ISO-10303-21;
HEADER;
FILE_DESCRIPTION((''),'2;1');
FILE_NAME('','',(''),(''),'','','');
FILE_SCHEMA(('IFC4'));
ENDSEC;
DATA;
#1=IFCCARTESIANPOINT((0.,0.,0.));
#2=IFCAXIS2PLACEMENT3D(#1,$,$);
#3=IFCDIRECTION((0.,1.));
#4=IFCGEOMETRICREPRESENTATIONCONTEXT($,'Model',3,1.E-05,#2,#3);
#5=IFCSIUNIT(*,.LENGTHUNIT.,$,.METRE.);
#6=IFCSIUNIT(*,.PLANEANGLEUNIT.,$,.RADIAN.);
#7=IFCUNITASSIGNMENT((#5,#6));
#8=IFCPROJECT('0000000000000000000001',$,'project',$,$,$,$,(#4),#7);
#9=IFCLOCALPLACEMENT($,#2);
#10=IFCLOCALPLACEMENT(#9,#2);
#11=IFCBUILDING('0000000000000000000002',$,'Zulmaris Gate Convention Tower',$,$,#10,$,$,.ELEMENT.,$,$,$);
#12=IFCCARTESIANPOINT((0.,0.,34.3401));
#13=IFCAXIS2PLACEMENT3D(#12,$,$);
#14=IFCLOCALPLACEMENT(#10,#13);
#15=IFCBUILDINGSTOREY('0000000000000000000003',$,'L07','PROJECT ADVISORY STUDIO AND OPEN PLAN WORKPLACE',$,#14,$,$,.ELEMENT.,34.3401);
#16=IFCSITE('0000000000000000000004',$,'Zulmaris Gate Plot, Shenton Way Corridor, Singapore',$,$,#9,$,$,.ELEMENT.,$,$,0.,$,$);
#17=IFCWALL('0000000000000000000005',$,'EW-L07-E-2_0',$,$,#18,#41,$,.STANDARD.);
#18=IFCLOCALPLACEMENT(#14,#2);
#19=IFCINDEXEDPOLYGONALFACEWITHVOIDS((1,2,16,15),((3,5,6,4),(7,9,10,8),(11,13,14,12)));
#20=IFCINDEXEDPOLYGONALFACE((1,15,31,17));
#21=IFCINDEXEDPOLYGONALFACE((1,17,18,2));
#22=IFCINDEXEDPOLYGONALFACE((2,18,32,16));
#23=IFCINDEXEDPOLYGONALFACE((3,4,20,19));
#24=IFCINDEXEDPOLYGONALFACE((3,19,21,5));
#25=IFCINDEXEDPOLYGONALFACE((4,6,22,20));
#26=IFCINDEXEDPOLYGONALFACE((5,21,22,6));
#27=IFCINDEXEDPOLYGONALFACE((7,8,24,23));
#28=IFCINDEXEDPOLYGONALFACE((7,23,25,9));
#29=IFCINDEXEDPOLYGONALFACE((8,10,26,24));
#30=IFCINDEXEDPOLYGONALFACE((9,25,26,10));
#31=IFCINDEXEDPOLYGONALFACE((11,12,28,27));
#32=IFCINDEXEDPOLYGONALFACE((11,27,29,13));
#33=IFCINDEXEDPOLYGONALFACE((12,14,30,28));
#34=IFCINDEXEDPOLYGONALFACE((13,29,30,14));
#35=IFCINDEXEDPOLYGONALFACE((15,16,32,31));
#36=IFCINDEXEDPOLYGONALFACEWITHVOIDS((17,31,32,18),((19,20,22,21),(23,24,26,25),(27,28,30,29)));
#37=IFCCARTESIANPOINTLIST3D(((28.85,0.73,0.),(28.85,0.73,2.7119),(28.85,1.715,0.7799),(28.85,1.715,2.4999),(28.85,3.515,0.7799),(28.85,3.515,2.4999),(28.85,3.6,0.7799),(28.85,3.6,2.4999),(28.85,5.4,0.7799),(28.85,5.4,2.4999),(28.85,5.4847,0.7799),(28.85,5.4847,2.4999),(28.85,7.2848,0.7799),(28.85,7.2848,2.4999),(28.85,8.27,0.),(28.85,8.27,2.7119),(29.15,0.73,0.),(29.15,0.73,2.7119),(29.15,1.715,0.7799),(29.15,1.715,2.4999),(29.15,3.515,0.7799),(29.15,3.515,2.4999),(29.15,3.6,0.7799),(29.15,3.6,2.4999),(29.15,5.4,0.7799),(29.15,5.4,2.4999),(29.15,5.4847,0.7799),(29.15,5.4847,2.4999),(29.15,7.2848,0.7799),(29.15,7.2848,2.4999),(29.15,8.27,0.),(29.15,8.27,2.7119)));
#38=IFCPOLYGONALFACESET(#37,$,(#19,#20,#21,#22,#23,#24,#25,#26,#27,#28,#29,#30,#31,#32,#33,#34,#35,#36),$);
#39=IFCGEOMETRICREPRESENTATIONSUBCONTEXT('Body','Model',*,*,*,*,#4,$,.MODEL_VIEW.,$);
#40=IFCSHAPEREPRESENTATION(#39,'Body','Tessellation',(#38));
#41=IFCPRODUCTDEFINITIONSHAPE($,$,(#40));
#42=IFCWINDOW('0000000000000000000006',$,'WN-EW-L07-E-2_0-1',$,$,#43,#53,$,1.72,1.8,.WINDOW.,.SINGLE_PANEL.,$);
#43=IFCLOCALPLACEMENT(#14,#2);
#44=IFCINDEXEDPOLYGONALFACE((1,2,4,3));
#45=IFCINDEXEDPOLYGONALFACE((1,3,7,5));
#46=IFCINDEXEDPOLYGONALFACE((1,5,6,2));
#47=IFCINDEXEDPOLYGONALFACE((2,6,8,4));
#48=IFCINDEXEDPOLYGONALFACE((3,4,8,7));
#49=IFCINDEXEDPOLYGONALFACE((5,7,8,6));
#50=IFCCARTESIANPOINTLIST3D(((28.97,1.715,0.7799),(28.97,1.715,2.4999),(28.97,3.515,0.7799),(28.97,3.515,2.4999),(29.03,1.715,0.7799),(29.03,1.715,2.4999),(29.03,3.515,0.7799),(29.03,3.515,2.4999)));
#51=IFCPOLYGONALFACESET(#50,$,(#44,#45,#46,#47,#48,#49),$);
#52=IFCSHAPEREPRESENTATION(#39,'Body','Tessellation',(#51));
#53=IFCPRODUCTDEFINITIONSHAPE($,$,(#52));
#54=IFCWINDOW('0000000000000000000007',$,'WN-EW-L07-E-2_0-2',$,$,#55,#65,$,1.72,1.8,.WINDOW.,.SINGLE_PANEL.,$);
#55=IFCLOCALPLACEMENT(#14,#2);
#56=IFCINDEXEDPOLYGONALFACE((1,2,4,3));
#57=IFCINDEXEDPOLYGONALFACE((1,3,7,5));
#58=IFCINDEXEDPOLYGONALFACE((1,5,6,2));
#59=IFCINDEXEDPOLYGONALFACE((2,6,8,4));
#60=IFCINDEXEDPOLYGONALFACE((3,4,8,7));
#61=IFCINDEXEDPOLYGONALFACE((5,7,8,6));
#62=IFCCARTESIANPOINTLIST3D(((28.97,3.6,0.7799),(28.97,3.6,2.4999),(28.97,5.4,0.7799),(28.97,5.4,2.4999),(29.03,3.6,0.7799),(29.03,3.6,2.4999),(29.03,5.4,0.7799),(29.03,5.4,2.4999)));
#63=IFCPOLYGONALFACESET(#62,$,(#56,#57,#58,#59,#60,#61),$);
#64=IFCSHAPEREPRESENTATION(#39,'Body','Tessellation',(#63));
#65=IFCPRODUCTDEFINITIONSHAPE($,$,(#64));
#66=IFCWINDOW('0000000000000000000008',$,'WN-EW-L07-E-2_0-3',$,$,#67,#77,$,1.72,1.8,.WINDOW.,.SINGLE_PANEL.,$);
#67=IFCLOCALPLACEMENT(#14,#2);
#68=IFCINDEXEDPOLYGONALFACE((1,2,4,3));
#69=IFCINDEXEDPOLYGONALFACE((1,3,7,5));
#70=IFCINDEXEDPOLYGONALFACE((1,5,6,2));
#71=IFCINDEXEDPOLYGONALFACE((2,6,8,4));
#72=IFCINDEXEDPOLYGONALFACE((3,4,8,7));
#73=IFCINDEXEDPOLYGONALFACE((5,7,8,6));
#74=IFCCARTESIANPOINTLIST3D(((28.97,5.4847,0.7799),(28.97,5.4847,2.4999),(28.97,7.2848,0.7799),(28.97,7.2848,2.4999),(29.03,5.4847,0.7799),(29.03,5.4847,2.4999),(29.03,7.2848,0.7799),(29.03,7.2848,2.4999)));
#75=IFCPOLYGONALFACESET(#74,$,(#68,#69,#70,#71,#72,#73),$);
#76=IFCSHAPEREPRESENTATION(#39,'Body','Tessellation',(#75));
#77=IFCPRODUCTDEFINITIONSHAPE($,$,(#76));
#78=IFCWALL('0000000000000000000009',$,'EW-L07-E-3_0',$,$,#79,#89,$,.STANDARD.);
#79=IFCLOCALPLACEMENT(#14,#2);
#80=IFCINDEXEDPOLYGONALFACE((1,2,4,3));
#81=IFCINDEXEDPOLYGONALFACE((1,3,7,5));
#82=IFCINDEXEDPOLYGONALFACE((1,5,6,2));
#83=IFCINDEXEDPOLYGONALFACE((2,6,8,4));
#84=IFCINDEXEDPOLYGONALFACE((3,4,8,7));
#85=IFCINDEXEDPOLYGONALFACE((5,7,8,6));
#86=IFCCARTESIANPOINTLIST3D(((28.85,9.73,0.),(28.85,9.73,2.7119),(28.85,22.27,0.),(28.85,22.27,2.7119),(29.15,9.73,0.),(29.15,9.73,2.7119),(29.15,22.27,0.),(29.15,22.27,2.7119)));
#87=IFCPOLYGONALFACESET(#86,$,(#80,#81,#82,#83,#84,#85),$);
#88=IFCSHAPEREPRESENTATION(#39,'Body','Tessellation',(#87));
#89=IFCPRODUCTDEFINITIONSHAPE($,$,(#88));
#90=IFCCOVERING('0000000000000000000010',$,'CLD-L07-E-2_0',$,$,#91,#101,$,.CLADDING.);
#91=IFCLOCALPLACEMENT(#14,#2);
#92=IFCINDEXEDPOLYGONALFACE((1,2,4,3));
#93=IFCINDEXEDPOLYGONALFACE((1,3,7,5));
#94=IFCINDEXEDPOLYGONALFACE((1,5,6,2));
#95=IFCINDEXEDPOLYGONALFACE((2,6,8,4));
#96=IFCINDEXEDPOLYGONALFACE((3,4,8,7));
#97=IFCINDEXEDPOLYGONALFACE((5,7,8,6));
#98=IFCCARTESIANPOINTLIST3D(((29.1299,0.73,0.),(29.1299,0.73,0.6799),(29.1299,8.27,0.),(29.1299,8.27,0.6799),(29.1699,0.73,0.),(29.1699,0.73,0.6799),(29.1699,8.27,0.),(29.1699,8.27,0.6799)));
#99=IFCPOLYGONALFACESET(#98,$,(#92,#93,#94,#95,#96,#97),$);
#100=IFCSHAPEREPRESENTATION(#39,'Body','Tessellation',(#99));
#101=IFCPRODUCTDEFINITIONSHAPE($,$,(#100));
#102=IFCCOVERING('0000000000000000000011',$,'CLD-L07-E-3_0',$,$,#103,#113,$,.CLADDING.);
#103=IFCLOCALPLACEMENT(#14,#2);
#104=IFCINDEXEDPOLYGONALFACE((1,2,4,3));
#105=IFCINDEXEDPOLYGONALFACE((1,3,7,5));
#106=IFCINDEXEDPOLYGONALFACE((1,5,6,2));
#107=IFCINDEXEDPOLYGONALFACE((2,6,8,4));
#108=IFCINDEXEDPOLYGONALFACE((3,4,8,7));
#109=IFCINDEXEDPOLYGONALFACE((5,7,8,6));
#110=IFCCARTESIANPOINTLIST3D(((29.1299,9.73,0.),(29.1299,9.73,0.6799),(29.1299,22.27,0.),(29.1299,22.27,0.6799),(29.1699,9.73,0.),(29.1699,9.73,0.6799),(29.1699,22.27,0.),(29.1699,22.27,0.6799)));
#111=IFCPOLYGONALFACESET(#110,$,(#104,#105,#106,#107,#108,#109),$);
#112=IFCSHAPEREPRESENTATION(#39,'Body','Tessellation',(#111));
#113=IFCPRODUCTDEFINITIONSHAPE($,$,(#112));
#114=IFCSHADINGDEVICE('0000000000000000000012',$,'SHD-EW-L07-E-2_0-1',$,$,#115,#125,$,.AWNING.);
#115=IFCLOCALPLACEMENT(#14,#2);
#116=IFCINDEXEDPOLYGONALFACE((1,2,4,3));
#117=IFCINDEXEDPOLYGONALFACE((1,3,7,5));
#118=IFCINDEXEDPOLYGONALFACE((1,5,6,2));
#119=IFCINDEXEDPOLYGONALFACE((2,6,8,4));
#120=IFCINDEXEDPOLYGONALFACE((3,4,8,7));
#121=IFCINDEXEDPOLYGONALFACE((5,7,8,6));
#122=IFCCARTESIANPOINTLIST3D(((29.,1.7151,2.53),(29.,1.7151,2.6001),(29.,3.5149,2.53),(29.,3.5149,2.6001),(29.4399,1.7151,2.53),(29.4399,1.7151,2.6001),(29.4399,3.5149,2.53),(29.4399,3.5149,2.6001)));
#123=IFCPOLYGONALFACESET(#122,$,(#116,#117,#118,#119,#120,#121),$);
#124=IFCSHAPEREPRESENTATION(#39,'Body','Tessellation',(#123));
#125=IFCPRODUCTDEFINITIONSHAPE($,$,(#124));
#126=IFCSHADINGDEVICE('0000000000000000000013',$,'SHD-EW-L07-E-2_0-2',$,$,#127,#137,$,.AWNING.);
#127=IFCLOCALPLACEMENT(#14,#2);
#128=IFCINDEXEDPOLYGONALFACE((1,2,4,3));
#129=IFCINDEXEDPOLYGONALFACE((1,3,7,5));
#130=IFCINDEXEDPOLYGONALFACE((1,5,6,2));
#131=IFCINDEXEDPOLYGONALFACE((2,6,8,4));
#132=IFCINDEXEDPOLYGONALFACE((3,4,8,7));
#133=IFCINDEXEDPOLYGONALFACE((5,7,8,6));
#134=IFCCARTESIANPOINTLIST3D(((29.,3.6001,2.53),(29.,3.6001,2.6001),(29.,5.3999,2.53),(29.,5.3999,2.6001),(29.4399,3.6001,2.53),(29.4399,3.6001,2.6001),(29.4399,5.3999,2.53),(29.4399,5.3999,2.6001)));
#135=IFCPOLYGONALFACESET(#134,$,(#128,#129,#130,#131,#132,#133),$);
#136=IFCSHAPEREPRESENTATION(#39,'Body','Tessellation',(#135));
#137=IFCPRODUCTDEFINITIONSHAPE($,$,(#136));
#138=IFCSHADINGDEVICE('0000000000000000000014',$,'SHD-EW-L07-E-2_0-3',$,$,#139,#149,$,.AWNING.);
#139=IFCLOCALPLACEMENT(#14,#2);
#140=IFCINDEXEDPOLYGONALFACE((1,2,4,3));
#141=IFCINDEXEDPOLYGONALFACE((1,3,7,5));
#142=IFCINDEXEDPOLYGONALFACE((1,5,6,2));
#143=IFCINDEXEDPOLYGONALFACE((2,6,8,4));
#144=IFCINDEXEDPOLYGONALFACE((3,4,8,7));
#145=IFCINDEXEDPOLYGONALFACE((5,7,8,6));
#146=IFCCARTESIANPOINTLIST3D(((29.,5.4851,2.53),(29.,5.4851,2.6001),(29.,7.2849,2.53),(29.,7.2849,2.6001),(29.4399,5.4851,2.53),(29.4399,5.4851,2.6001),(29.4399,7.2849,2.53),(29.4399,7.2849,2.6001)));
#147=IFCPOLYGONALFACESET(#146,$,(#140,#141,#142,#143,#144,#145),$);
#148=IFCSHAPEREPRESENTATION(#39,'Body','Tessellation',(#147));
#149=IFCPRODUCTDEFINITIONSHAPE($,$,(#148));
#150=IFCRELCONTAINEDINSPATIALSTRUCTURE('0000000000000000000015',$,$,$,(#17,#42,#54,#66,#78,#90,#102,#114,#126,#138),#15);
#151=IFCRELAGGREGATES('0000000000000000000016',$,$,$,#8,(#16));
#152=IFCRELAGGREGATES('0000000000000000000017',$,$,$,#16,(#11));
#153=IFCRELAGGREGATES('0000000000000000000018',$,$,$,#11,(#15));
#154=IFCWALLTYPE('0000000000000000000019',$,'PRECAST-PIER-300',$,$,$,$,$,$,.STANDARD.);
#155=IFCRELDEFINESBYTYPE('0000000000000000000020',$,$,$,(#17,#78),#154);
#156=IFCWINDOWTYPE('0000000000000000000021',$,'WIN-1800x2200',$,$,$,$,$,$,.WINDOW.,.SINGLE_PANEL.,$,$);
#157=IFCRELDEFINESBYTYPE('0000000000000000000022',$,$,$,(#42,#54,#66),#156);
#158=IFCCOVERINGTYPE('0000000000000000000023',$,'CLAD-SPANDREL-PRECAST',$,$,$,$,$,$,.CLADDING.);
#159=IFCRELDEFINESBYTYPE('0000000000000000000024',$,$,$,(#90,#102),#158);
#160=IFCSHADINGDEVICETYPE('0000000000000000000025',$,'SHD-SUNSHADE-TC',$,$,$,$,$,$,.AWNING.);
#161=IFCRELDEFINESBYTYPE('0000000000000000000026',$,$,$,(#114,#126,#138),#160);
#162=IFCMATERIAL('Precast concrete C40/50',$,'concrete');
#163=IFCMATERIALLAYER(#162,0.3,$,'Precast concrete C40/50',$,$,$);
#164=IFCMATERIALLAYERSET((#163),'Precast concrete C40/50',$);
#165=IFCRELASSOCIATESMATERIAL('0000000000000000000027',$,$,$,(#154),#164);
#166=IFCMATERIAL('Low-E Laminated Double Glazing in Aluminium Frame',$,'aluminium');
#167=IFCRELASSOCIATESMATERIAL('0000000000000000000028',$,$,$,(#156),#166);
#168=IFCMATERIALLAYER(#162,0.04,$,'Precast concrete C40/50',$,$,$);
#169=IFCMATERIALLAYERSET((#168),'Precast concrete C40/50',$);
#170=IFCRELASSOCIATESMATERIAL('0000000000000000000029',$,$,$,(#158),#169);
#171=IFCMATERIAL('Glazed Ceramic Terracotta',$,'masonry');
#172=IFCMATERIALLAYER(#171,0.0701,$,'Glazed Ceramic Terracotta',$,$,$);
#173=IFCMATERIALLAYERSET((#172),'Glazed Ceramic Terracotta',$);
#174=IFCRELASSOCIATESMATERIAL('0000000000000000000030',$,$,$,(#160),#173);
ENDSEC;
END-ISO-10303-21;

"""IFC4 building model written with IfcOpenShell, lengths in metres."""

from ifc_helpers import new_model, si_unit, direction, frame, frame_2d, origin, place, context, subcontext, project, spatial, rectangle, extrude, material, layer, layer_set, type_object, element, fill, save


model = new_model("IFC4")

# Units and contexts
model_context = context("Model", 3, precision=1e-05, world=origin(), true_north=direction((0.0, 1.0)))
body_context = subcontext(model_context, "Body", "Model", "MODEL_VIEW")
ifc_project = project(units=[si_unit("LENGTHUNIT", "METRE"), si_unit("PLANEANGLEUNIT", "RADIAN")], contexts=[model_context])

# Site, building, storey
site_placement = place(None, origin())
site = spatial("IfcSite", under=ifc_project, at=site_placement, Name="Zulmaris Gate Plot, Shenton Way Corridor, Singapore", CompositionType="ELEMENT", RefElevation=0.0)
building_placement = place(site_placement, origin())
building = spatial("IfcBuilding", under=site, at=building_placement, Name="Zulmaris Gate Convention Tower", CompositionType="ELEMENT")
storey_placement = place(building_placement, frame((0.0, 0.0, 34.3401)))
storey = spatial("IfcBuildingStorey", under=building, at=storey_placement, Name="L07", Description="PROJECT ADVISORY STUDIO AND OPEN PLAN WORKPLACE", CompositionType="ELEMENT", Elevation=34.3401)

# Wall, openings, windows
ifc_material_1 = material(Name="Precast concrete C40/50", Category="concrete")
ifc_layer_1 = layer(ifc_material_1, 0.3, Name="Precast concrete C40/50")
ifc_layer_set_1 = layer_set([ifc_layer_1], Name="Precast concrete C40/50")
wall_type_1 = type_object("IfcWallType", Name="PRECAST-PIER-300", PredefinedType="STANDARD", material=ifc_layer_set_1)
wall_1_placement = place(storey_placement, frame((29.0, 0.73, 0.0), z_axis=(0.0, 0.0, 1.0), x_axis=(0.0, 1.0, 0.0)))
wall_1 = element("IfcWall", 1, at=wall_1_placement, inside=storey, type_object=wall_type_1, Name="EW-L07-E-2_0", PredefinedType="STANDARD", context=body_context, shape_type="SweptSolid", body=[
    extrude(rectangle(XDim=7.54, YDim=0.3, at=frame_2d((3.77, 0.0))), origin(), (0.0, 0.0, 1.0), 2.7119),
])
opening_1_placement = place(wall_1_placement, frame((0.9851, 0.0, 0.78)))
opening_1 = element("IfcOpeningElement", 2, at=opening_1_placement, cuts=wall_1, PredefinedType="OPENING", context=body_context, shape_type="SweptSolid", body=[
    extrude(rectangle(XDim=1.8, YDim=1.72, at=frame_2d((0.8999, 0.8599))), frame((0.0, 0.1602, 0.0), z_axis=(0.0, -1.0, 0.0), x_axis=(1.0, 0.0, 0.0)), (0.0, 0.0, 1.0), 0.3201),
])
opening_2_placement = place(wall_1_placement, frame((2.8701, 0.0, 0.78)))
opening_2 = element("IfcOpeningElement", 3, at=opening_2_placement, cuts=wall_1, PredefinedType="OPENING", context=body_context, shape_type="SweptSolid", body=[
    extrude(rectangle(XDim=1.8, YDim=1.72, at=frame_2d((0.8999, 0.8599))), frame((0.0, 0.1602, 0.0), z_axis=(0.0, -1.0, 0.0), x_axis=(1.0, 0.0, 0.0)), (0.0, 0.0, 1.0), 0.3201),
])
opening_3_placement = place(wall_1_placement, frame((4.7549, 0.0, 0.78)))
opening_3 = element("IfcOpeningElement", 4, at=opening_3_placement, cuts=wall_1, PredefinedType="OPENING", context=body_context, shape_type="SweptSolid", body=[
    extrude(rectangle(XDim=1.8, YDim=1.72, at=frame_2d((0.8999, 0.8599))), frame((0.0, 0.1602, 0.0), z_axis=(0.0, -1.0, 0.0), x_axis=(1.0, 0.0, 0.0)), (0.0, 0.0, 1.0), 0.3201),
])
ifc_material_2 = material(Name="Low-E Laminated Double Glazing in Aluminium Frame", Category="aluminium")
window_type = type_object("IfcWindowType", Name="WIN-1800x2200", PartitioningType="SINGLE_PANEL", PredefinedType="WINDOW", material=ifc_material_2)
window_1_placement = place(opening_1_placement, origin())
window_1 = element("IfcWindow", 5, at=window_1_placement, inside=storey, type_object=window_type, Name="WN-EW-L07-E-2_0-1", OverallHeight=1.72, OverallWidth=1.8, PartitioningType="SINGLE_PANEL", PredefinedType="WINDOW", context=body_context, shape_type="SweptSolid", body=[
    extrude(rectangle(XDim=1.8, YDim=1.72, at=frame_2d((0.8999, 0.8599))), frame((0.0, 0.03, 0.0), z_axis=(0.0, -1.0, 0.0), x_axis=(1.0, 0.0, 0.0)), (0.0, 0.0, 1.0), 0.0601),
])
fill(opening_1, window_1)
window_2_placement = place(opening_2_placement, origin())
window_2 = element("IfcWindow", 6, at=window_2_placement, inside=storey, type_object=window_type, Name="WN-EW-L07-E-2_0-2", OverallHeight=1.72, OverallWidth=1.8, PartitioningType="SINGLE_PANEL", PredefinedType="WINDOW", context=body_context, shape_type="SweptSolid", body=[
    extrude(rectangle(XDim=1.8, YDim=1.72, at=frame_2d((0.8999, 0.8599))), frame((0.0, 0.03, 0.0), z_axis=(0.0, -1.0, 0.0), x_axis=(1.0, 0.0, 0.0)), (0.0, 0.0, 1.0), 0.0601),
])
fill(opening_2, window_2)
window_3_placement = place(opening_3_placement, origin())
window_3 = element("IfcWindow", 7, at=window_3_placement, inside=storey, type_object=window_type, Name="WN-EW-L07-E-2_0-3", OverallHeight=1.72, OverallWidth=1.8, PartitioningType="SINGLE_PANEL", PredefinedType="WINDOW", context=body_context, shape_type="SweptSolid", body=[
    extrude(rectangle(XDim=1.8, YDim=1.72, at=frame_2d((0.8999, 0.8599))), frame((0.0, 0.03, 0.0), z_axis=(0.0, -1.0, 0.0), x_axis=(1.0, 0.0, 0.0)), (0.0, 0.0, 1.0), 0.0601),
])
fill(opening_3, window_3)

# Wall
wall_2_placement = place(storey_placement, frame((29.0, 9.73, 0.0), z_axis=(0.0, 0.0, 1.0), x_axis=(0.0, 1.0, 0.0)))
element("IfcWall", 8, at=wall_2_placement, inside=storey, type_object=wall_type_1, Name="EW-L07-E-3_0", PredefinedType="STANDARD", context=body_context, shape_type="SweptSolid", body=[
    extrude(rectangle(XDim=12.54, YDim=0.3, at=frame_2d((6.27, 0.0))), origin(), (0.0, 0.0, 1.0), 2.7119),
])

# Coverings
ifc_layer_2 = layer(ifc_material_1, 0.04, Name="Precast concrete C40/50")
ifc_layer_set_2 = layer_set([ifc_layer_2], Name="Precast concrete C40/50")
covering_type = type_object("IfcCoveringType", Name="CLAD-SPANDREL-PRECAST", PredefinedType="CLADDING", material=ifc_layer_set_2)
covering_1_placement = place(storey_placement, frame((29.1499, 0.73, 0.0), z_axis=(0.0, 0.0, 1.0), x_axis=(0.0, 1.0, 0.0)))
element("IfcCovering", 9, at=covering_1_placement, inside=storey, type_object=covering_type, Name="CLD-L07-E-2_0", PredefinedType="CLADDING", context=body_context, shape_type="SweptSolid", body=[
    extrude(rectangle(XDim=7.54, YDim=0.04, at=frame_2d((3.77, 0.0))), origin(), (0.0, 0.0, 1.0), 0.6799),
])
covering_2_placement = place(storey_placement, frame((29.1499, 9.73, 0.0), z_axis=(0.0, 0.0, 1.0), x_axis=(0.0, 1.0, 0.0)))
element("IfcCovering", 10, at=covering_2_placement, inside=storey, type_object=covering_type, Name="CLD-L07-E-3_0", PredefinedType="CLADDING", context=body_context, shape_type="SweptSolid", body=[
    extrude(rectangle(XDim=12.54, YDim=0.04, at=frame_2d((6.27, 0.0))), origin(), (0.0, 0.0, 1.0), 0.6799),
])

# Shading devices
ifc_material_3 = material(Name="Glazed Ceramic Terracotta", Category="masonry")
ifc_layer_3 = layer(ifc_material_3, 0.0701, Name="Glazed Ceramic Terracotta")
ifc_layer_set_3 = layer_set([ifc_layer_3], Name="Glazed Ceramic Terracotta")
shading_device_type = type_object("IfcShadingDeviceType", Name="SHD-SUNSHADE-TC", PredefinedType="AWNING", material=ifc_layer_set_3)
for number, where, z_axis, x_axis, name in (
    (11, (29.22, 1.7151, 2.53), (0.0, 0.0, 1.0), (0.0, 1.0, 0.0), "SHD-EW-L07-E-2_0-1"),
    (12, (29.22, 3.6001, 2.53), (0.0, 0.0, 1.0), (0.0, 1.0, 0.0), "SHD-EW-L07-E-2_0-2"),
    (13, (29.22, 5.4851, 2.53), (0.0, 0.0, 1.0), (0.0, 1.0, 0.0), "SHD-EW-L07-E-2_0-3"),
):
    element("IfcShadingDevice", number, at=place(storey_placement, frame(where, z_axis=z_axis, x_axis=x_axis)), inside=storey, type_object=shading_device_type, Name=name, PredefinedType="AWNING", context=body_context, shape_type="SweptSolid", body=[
        extrude(rectangle(XDim=1.7998, YDim=0.4399, at=frame_2d((0.8999, 0.0))), origin(), (0.0, 0.0, 1.0), 0.0701),
    ])

save(model, "model.ifc")
